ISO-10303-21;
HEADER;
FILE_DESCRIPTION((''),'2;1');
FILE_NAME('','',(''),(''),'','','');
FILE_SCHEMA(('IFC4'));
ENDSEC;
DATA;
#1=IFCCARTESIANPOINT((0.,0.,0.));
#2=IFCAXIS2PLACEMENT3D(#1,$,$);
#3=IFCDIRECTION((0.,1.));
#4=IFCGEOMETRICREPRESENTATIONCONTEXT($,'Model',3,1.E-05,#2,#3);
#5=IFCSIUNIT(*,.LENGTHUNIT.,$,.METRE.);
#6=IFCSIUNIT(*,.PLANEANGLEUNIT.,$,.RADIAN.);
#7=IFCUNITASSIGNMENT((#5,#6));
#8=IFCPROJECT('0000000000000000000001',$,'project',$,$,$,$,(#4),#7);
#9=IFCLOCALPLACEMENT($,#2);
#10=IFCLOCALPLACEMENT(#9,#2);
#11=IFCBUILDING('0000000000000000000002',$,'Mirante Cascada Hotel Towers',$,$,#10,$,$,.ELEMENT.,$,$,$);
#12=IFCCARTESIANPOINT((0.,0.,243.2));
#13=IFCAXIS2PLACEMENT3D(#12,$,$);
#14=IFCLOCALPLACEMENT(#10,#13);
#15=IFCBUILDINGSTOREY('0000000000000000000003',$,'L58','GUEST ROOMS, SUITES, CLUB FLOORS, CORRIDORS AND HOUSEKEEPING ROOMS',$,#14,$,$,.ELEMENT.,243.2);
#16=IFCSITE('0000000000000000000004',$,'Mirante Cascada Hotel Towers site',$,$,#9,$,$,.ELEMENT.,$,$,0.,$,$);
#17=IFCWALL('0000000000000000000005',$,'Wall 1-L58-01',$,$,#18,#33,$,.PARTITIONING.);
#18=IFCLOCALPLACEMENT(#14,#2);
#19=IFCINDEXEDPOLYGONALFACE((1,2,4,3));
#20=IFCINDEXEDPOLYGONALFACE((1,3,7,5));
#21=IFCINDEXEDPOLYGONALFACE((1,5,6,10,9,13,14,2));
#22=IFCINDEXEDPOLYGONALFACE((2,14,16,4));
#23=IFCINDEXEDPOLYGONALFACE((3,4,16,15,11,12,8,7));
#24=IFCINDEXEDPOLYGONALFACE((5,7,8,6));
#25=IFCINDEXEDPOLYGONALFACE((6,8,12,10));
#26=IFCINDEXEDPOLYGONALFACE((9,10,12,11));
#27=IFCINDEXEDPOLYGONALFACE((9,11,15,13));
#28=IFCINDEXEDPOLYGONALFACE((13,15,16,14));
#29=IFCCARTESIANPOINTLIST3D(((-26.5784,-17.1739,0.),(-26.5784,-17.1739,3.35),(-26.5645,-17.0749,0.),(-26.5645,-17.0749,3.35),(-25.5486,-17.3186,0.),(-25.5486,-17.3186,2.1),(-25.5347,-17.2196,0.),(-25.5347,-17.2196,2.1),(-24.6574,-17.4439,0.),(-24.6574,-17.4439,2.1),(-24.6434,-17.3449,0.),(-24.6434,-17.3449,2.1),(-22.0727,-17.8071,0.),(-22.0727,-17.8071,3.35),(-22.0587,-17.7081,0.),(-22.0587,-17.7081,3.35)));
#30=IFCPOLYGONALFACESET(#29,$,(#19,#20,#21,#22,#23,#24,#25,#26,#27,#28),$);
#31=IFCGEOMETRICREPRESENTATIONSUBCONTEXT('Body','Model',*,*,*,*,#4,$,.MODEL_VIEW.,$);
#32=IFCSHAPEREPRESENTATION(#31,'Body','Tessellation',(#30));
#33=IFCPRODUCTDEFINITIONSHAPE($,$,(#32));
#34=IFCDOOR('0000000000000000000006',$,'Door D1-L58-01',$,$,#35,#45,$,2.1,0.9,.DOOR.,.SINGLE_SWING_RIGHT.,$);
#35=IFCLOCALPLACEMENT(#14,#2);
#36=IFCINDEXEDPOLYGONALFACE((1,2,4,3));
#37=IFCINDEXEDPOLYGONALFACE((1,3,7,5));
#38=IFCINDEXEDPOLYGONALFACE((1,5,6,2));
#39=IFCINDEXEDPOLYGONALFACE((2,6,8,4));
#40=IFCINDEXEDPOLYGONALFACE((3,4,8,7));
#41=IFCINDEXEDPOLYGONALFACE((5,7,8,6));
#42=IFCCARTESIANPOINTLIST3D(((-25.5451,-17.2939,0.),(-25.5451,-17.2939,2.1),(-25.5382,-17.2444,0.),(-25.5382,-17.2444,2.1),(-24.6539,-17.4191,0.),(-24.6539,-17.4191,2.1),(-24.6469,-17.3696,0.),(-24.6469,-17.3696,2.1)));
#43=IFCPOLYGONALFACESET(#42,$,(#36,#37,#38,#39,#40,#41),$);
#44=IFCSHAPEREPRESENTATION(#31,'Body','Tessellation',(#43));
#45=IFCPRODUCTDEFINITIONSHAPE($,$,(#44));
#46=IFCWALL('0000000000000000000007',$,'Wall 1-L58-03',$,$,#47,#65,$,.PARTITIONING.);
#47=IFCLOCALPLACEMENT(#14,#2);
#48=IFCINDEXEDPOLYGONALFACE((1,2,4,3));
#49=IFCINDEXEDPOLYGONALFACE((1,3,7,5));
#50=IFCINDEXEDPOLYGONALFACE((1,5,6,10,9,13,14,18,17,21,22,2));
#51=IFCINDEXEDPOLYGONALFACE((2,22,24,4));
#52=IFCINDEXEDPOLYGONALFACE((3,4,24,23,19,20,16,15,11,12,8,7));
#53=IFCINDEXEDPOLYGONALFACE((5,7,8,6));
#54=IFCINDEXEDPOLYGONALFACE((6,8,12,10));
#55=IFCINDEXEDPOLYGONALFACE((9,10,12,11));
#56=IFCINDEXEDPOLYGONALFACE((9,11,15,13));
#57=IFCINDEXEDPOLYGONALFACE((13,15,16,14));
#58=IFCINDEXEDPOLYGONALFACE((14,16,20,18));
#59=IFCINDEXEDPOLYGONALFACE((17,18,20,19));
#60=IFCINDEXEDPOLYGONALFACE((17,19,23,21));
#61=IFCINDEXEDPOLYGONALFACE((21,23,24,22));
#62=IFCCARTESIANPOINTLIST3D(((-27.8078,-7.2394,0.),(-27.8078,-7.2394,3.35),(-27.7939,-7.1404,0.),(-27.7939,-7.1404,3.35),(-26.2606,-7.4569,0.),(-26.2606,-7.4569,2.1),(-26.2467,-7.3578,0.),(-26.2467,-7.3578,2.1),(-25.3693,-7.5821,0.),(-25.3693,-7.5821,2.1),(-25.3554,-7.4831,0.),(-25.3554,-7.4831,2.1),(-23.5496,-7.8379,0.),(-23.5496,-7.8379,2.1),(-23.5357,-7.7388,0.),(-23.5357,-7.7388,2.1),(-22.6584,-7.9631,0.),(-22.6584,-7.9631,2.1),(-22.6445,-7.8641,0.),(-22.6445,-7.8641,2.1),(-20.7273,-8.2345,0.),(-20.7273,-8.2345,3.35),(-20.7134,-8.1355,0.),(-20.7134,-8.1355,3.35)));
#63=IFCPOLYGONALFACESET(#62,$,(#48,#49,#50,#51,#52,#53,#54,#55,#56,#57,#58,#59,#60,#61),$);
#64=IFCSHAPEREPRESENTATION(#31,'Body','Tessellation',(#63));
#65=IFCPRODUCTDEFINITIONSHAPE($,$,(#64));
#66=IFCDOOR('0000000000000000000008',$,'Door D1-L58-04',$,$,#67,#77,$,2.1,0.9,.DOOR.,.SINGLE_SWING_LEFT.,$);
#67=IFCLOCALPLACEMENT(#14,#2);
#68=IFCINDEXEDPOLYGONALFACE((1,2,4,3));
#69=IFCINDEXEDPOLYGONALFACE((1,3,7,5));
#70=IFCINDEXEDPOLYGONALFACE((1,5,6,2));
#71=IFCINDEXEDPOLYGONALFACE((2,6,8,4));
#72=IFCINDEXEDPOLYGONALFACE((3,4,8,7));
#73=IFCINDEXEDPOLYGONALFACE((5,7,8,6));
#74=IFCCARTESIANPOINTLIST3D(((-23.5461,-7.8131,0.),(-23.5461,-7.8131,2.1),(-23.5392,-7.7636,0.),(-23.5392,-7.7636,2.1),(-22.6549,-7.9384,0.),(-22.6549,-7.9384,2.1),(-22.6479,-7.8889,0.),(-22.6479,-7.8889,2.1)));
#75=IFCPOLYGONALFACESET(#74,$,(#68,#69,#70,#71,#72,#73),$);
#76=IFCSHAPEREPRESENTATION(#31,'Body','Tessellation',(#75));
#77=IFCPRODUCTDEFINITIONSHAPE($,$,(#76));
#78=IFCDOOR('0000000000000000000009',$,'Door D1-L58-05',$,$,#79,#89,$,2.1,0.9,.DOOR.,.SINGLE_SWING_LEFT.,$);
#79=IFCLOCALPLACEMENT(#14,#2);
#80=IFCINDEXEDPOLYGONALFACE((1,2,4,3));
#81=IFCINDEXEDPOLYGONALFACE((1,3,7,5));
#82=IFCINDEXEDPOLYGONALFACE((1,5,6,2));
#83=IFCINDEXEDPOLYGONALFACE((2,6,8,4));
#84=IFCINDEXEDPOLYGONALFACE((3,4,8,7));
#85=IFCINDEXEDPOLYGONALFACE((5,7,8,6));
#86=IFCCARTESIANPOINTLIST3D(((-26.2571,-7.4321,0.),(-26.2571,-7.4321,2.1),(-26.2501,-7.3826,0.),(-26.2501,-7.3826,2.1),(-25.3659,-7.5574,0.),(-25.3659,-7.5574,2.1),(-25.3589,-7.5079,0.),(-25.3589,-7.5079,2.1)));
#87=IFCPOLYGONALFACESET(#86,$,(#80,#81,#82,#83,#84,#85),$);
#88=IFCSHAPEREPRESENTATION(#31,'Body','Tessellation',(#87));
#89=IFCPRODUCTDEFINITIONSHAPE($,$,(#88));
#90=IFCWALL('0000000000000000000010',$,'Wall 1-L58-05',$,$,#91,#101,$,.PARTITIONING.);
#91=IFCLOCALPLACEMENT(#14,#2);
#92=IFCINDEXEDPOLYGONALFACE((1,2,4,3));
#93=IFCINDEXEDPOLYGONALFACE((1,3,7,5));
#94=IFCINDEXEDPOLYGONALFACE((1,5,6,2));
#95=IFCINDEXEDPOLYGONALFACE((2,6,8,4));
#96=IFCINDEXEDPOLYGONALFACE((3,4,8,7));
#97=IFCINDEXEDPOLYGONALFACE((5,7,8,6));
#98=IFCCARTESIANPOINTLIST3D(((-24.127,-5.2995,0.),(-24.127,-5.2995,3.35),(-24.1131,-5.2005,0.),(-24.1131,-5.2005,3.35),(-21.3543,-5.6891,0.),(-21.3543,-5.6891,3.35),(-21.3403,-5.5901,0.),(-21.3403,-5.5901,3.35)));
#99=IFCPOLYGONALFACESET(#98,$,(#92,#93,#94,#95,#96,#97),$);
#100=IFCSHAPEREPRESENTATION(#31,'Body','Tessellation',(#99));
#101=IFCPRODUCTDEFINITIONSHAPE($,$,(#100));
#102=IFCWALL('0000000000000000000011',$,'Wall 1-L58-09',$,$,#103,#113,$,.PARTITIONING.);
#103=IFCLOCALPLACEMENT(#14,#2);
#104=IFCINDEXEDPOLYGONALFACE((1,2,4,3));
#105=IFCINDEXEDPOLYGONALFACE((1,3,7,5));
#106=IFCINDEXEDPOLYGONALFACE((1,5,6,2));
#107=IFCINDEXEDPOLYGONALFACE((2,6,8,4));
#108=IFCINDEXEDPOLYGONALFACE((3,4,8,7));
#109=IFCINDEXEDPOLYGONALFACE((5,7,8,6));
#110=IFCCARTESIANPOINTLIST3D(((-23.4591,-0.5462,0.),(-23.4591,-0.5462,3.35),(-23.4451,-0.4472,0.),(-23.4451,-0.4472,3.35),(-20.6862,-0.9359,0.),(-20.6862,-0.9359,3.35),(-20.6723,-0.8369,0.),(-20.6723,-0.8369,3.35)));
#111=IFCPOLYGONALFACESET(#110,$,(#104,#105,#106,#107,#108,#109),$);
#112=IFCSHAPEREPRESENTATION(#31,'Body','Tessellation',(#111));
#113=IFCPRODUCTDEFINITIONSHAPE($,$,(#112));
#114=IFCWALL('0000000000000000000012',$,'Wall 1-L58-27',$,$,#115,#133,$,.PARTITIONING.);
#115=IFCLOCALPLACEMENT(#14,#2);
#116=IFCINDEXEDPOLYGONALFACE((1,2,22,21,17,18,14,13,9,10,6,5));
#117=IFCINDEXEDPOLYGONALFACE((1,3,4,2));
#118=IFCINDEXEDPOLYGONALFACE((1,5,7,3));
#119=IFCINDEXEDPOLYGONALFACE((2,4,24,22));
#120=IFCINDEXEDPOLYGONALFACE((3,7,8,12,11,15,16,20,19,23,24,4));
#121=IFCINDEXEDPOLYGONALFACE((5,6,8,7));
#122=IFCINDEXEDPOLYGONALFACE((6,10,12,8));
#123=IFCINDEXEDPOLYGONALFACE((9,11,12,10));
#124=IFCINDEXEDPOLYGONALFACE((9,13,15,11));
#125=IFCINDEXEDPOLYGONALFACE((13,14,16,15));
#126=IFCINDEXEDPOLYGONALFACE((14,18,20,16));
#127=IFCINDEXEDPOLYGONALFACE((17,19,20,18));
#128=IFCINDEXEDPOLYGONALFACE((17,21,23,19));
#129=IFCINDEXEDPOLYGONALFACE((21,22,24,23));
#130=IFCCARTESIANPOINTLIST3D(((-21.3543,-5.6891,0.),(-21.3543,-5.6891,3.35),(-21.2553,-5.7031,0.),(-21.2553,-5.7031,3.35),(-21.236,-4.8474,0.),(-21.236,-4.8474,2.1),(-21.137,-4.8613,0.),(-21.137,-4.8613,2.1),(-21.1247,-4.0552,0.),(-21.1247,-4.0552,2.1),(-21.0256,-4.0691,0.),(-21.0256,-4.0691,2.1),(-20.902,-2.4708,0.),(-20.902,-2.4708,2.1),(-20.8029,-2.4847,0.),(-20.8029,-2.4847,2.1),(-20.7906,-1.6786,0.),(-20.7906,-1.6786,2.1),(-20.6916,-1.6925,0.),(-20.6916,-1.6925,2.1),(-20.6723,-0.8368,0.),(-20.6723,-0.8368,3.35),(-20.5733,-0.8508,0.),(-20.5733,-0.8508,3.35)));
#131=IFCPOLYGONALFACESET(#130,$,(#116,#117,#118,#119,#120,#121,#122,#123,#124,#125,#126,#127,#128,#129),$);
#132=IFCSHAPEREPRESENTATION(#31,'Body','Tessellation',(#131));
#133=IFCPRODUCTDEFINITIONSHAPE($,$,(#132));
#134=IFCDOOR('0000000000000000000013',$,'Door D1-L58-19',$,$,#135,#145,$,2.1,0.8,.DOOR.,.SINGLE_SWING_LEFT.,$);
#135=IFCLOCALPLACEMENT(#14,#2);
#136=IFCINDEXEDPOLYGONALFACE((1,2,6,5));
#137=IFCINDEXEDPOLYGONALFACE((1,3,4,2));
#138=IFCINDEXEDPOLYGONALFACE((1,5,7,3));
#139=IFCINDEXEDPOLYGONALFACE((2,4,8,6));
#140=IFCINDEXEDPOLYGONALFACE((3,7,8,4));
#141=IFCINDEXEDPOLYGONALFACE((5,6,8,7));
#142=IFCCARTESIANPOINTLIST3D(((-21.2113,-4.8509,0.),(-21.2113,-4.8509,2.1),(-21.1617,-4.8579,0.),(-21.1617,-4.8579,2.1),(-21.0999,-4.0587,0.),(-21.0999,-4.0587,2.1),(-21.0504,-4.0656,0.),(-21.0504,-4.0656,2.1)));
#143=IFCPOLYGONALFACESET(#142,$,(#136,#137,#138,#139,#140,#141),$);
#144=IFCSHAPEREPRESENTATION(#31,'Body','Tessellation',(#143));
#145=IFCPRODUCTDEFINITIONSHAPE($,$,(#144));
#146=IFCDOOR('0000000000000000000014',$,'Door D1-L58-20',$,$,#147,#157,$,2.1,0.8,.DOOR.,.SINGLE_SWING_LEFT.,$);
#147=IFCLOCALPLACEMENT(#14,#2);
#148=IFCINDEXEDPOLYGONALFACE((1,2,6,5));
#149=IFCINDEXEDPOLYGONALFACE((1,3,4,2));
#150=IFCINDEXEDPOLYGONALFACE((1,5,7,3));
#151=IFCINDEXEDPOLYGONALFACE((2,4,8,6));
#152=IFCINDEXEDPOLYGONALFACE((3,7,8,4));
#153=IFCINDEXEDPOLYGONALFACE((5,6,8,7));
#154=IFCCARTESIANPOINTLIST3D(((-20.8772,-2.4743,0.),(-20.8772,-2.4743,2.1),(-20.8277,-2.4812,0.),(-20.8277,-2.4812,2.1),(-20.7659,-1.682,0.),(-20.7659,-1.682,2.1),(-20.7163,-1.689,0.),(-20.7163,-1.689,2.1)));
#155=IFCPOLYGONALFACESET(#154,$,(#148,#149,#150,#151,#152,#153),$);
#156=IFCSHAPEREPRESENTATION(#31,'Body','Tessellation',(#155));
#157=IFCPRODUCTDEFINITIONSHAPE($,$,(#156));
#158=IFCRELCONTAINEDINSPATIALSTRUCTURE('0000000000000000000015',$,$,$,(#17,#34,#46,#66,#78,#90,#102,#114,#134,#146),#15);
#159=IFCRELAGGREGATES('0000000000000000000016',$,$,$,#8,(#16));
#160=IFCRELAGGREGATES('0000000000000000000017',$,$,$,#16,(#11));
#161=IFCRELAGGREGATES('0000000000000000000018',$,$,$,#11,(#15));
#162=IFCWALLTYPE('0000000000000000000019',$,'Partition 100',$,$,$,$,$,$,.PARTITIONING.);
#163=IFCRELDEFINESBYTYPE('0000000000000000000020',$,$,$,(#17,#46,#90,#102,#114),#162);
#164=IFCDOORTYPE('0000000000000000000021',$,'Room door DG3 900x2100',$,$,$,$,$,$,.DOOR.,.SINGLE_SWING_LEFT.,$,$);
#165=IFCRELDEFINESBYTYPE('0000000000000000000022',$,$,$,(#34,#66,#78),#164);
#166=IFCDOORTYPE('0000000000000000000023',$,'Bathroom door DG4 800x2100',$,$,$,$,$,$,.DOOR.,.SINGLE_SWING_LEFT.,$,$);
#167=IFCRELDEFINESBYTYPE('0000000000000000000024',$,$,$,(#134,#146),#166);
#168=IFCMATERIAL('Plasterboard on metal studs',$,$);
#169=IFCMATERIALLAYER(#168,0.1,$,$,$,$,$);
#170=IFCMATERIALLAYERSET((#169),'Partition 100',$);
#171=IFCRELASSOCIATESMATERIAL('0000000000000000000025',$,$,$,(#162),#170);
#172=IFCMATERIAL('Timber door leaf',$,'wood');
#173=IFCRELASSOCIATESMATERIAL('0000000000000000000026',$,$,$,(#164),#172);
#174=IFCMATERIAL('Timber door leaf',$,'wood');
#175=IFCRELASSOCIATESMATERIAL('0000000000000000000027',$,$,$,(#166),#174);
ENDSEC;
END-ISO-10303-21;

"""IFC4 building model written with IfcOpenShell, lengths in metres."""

from ifc_helpers import new_model, si_unit, direction, frame, frame_2d, origin, place, context, subcontext, project, spatial, rectangle, extrude, material, layer, layer_set, type_object, element, fill, save


model = new_model("IFC4")

# Units and contexts
model_context = context("Model", 3, precision=1e-05, world=origin(), true_north=direction((0.0, 1.0)))
body_context = subcontext(model_context, "Body", "Model", "MODEL_VIEW")
ifc_project = project(units=[si_unit("LENGTHUNIT", "METRE"), si_unit("PLANEANGLEUNIT", "RADIAN")], contexts=[model_context])

# Site, building, storey
site_placement = place(None, origin())
site = spatial("IfcSite", under=ifc_project, at=site_placement, Name="Mirante Cascada Hotel Towers site", CompositionType="ELEMENT", RefElevation=0.0)
building_placement = place(site_placement, origin())
building = spatial("IfcBuilding", under=site, at=building_placement, Name="Mirante Cascada Hotel Towers", CompositionType="ELEMENT")
storey_placement = place(building_placement, frame((0.0, 0.0, 243.2)))
storey = spatial("IfcBuildingStorey", under=building, at=storey_placement, Name="L58", Description="GUEST ROOMS, SUITES, CLUB FLOORS, CORRIDORS AND HOUSEKEEPING ROOMS", CompositionType="ELEMENT", Elevation=243.2)

# Wall, opening, door
ifc_material_1 = material(Name="Plasterboard on metal studs")
ifc_layer_1 = layer(ifc_material_1, 0.1)
ifc_layer_set_1 = layer_set([ifc_layer_1], Name="Partition 100")
wall_type_1 = type_object("IfcWallType", Name="Partition 100", PredefinedType="PARTITIONING", material=ifc_layer_set_1)
wall_1_placement = place(storey_placement, frame((-22.0657, -17.7576, 0.0), z_axis=(0.0, 0.0, 1.0), x_axis=(-0.990269, 0.139166, 0.0)))
wall_1 = element("IfcWall", 1, at=wall_1_placement, inside=storey, type_object=wall_type_1, Name="Wall 1-L58-01", PredefinedType="PARTITIONING", context=body_context, shape_type="SweptSolid", body=[
    extrude(rectangle(XDim=4.55, YDim=0.1, at=frame_2d((2.275, 0.0))), origin(), (0.0, 0.0, 1.0), 3.35),
])
opening_1_placement = place(wall_1_placement, frame((2.6101, 0.0, 0.0)))
opening_1 = element("IfcOpeningElement", 2, at=opening_1_placement, cuts=wall_1, PredefinedType="OPENING", context=body_context, shape_type="SweptSolid", body=[
    extrude(rectangle(XDim=0.9, YDim=2.1, at=frame_2d((0.45, 1.05))), frame((0.0, 0.05, 0.0), z_axis=(0.0, -1.0, 0.0), x_axis=(1.0, 0.0, 0.0)), (0.0, 0.0, 1.0), 0.1),
])
ifc_material_2 = material(Name="Timber door leaf", Category="wood")
door_type_1 = type_object("IfcDoorType", Name="Room door DG3 900x2100", OperationType="SINGLE_SWING_LEFT", PredefinedType="DOOR", material=ifc_material_2)
door_1_placement = place(opening_1_placement, frame((0.9, 0.0, 0.0), z_axis=(0.0, 0.0, 1.0), x_axis=(-1.0, 0.0, 0.0)))
door_1 = element("IfcDoor", 3, at=door_1_placement, inside=storey, type_object=door_type_1, Name="Door D1-L58-01", OperationType="SINGLE_SWING_RIGHT", OverallHeight=2.1, OverallWidth=0.9, PredefinedType="DOOR", context=body_context, shape_type="SweptSolid", body=[
    extrude(rectangle(XDim=0.9, YDim=2.1, at=frame_2d((0.45, 1.05))), frame((0.0, 0.025, 0.0), z_axis=(0.0, -1.0, 0.0), x_axis=(1.0, 0.0, 0.0)), (0.0, 0.0, 1.0), 0.05),
])
fill(opening_1, door_1)

# Wall, openings, doors
wall_2_placement = place(storey_placement, frame((-20.7204, -8.185, 0.0), z_axis=(0.0, 0.0, 1.0), x_axis=(-0.990268, 0.139173, 0.0)))
wall_2 = element("IfcWall", 4, at=wall_2_placement, inside=storey, type_object=wall_type_1, Name="Wall 1-L58-03", PredefinedType="PARTITIONING", context=body_context, shape_type="SweptSolid", body=[
    extrude(rectangle(XDim=7.1501, YDim=0.1, at=frame_2d((3.575, 0.0))), origin(), (0.0, 0.0, 1.0), 3.35),
])
opening_2_placement = place(wall_2_placement, frame((1.95, 0.0, 0.0)))
opening_2 = element("IfcOpeningElement", 5, at=opening_2_placement, cuts=wall_2, PredefinedType="OPENING", context=body_context, shape_type="SweptSolid", body=[
    extrude(rectangle(XDim=0.9, YDim=2.1, at=frame_2d((0.45, 1.05))), frame((0.0, 0.05, 0.0), z_axis=(0.0, -1.0, 0.0), x_axis=(1.0, 0.0, 0.0)), (0.0, 0.0, 1.0), 0.1),
])
opening_3_placement = place(wall_2_placement, frame((4.6876, 0.0, 0.0)))
opening_3 = element("IfcOpeningElement", 6, at=opening_3_placement, cuts=wall_2, PredefinedType="OPENING", context=body_context, shape_type="SweptSolid", body=[
    extrude(rectangle(XDim=0.9, YDim=2.1, at=frame_2d((0.45, 1.05))), frame((0.0, 0.05, 0.0), z_axis=(0.0, -1.0, 0.0), x_axis=(1.0, 0.0, 0.0)), (0.0, 0.0, 1.0), 0.1),
])
door_2_placement = place(opening_2_placement, origin())
door_2 = element("IfcDoor", 7, at=door_2_placement, inside=storey, type_object=door_type_1, Name="Door D1-L58-04", OperationType="SINGLE_SWING_LEFT", OverallHeight=2.1, OverallWidth=0.9, PredefinedType="DOOR", context=body_context, shape_type="SweptSolid", body=[
    extrude(rectangle(XDim=0.9, YDim=2.1, at=frame_2d((0.45, 1.05))), frame((0.0, 0.025, 0.0), z_axis=(0.0, -1.0, 0.0), x_axis=(1.0, 0.0, 0.0)), (0.0, 0.0, 1.0), 0.05),
])
fill(opening_2, door_2)
door_3_placement = place(opening_3_placement, origin())
door_3 = element("IfcDoor", 8, at=door_3_placement, inside=storey, type_object=door_type_1, Name="Door D1-L58-05", OperationType="SINGLE_SWING_LEFT", OverallHeight=2.1, OverallWidth=0.9, PredefinedType="DOOR", context=body_context, shape_type="SweptSolid", body=[
    extrude(rectangle(XDim=0.9, YDim=2.1, at=frame_2d((0.45, 1.05))), frame((0.0, 0.025, 0.0), z_axis=(0.0, -1.0, 0.0), x_axis=(1.0, 0.0, 0.0)), (0.0, 0.0, 1.0), 0.05),
])
fill(opening_3, door_3)

# Walls
wall_3_placement = place(storey_placement, frame((-21.3473, -5.6396, 0.0), z_axis=(0.0, 0.0, 1.0), x_axis=(-0.990273, 0.139141, 0.0)))
element("IfcWall", 9, at=wall_3_placement, inside=storey, type_object=wall_type_1, Name="Wall 1-L58-05", PredefinedType="PARTITIONING", context=body_context, shape_type="SweptSolid", body=[
    extrude(rectangle(XDim=2.8, YDim=0.1, at=frame_2d((1.4, 0.0))), origin(), (0.0, 0.0, 1.0), 3.35),
])
wall_4_placement = place(storey_placement, frame((-20.6793, -0.8864, 0.0), z_axis=(0.0, 0.0, 1.0), x_axis=(-0.990268, 0.139176, 0.0)))
element("IfcWall", 10, at=wall_4_placement, inside=storey, type_object=wall_type_1, Name="Wall 1-L58-09", PredefinedType="PARTITIONING", context=body_context, shape_type="SweptSolid", body=[
    extrude(rectangle(XDim=2.8001, YDim=0.1, at=frame_2d((1.4, 0.0))), origin(), (0.0, 0.0, 1.0), 3.35),
])

# Wall, openings, doors
wall_5_placement = place(storey_placement, frame((-21.3048, -5.6961, 0.0), z_axis=(0.0, 0.0, 1.0), x_axis=(0.139184, 0.990267, 0.0)))
wall_5 = element("IfcWall", 11, at=wall_5_placement, inside=storey, type_object=wall_type_1, Name="Wall 1-L58-27", PredefinedType="PARTITIONING", context=body_context, shape_type="SweptSolid", body=[
    extrude(rectangle(XDim=4.9, YDim=0.1, at=frame_2d((2.45, 0.0))), origin(), (0.0, 0.0, 1.0), 3.35),
])
opening_4_placement = place(wall_5_placement, frame((0.85, 0.0, 0.0)))
opening_4 = element("IfcOpeningElement", 12, at=opening_4_placement, cuts=wall_5, PredefinedType="OPENING", context=body_context, shape_type="SweptSolid", body=[
    extrude(rectangle(XDim=0.8, YDim=2.1, at=frame_2d((0.4, 1.05))), frame((0.0, 0.05, 0.0), z_axis=(0.0, -1.0, 0.0), x_axis=(1.0, 0.0, 0.0)), (0.0, 0.0, 1.0), 0.1),
])
opening_5_placement = place(wall_5_placement, frame((3.25, 0.0, 0.0)))
opening_5 = element("IfcOpeningElement", 13, at=opening_5_placement, cuts=wall_5, PredefinedType="OPENING", context=body_context, shape_type="SweptSolid", body=[
    extrude(rectangle(XDim=0.8, YDim=2.1, at=frame_2d((0.4, 1.05))), frame((0.0, 0.05, 0.0), z_axis=(0.0, -1.0, 0.0), x_axis=(1.0, 0.0, 0.0)), (0.0, 0.0, 1.0), 0.1),
])
ifc_material_3 = material(Name="Timber door leaf", Category="wood")
door_type_2 = type_object("IfcDoorType", Name="Bathroom door DG4 800x2100", OperationType="SINGLE_SWING_LEFT", PredefinedType="DOOR", material=ifc_material_3)
door_4_placement = place(opening_4_placement, origin())
door_4 = element("IfcDoor", 14, at=door_4_placement, inside=storey, type_object=door_type_2, Name="Door D1-L58-19", OperationType="SINGLE_SWING_LEFT", OverallHeight=2.1, OverallWidth=0.8, PredefinedType="DOOR", context=body_context, shape_type="SweptSolid", body=[
    extrude(rectangle(XDim=0.8, YDim=2.1, at=frame_2d((0.4, 1.05))), frame((0.0, 0.025, 0.0), z_axis=(0.0, -1.0, 0.0), x_axis=(1.0, 0.0, 0.0)), (0.0, 0.0, 1.0), 0.05),
])
fill(opening_4, door_4)
door_5_placement = place(opening_5_placement, origin())
door_5 = element("IfcDoor", 15, at=door_5_placement, inside=storey, type_object=door_type_2, Name="Door D1-L58-20", OperationType="SINGLE_SWING_LEFT", OverallHeight=2.1, OverallWidth=0.8, PredefinedType="DOOR", context=body_context, shape_type="SweptSolid", body=[
    extrude(rectangle(XDim=0.8, YDim=2.1, at=frame_2d((0.4, 1.05))), frame((0.0, 0.025, 0.0), z_axis=(0.0, -1.0, 0.0), x_axis=(1.0, 0.0, 0.0)), (0.0, 0.0, 1.0), 0.05),
])
fill(opening_5, door_5)

save(model, "model.ifc")
